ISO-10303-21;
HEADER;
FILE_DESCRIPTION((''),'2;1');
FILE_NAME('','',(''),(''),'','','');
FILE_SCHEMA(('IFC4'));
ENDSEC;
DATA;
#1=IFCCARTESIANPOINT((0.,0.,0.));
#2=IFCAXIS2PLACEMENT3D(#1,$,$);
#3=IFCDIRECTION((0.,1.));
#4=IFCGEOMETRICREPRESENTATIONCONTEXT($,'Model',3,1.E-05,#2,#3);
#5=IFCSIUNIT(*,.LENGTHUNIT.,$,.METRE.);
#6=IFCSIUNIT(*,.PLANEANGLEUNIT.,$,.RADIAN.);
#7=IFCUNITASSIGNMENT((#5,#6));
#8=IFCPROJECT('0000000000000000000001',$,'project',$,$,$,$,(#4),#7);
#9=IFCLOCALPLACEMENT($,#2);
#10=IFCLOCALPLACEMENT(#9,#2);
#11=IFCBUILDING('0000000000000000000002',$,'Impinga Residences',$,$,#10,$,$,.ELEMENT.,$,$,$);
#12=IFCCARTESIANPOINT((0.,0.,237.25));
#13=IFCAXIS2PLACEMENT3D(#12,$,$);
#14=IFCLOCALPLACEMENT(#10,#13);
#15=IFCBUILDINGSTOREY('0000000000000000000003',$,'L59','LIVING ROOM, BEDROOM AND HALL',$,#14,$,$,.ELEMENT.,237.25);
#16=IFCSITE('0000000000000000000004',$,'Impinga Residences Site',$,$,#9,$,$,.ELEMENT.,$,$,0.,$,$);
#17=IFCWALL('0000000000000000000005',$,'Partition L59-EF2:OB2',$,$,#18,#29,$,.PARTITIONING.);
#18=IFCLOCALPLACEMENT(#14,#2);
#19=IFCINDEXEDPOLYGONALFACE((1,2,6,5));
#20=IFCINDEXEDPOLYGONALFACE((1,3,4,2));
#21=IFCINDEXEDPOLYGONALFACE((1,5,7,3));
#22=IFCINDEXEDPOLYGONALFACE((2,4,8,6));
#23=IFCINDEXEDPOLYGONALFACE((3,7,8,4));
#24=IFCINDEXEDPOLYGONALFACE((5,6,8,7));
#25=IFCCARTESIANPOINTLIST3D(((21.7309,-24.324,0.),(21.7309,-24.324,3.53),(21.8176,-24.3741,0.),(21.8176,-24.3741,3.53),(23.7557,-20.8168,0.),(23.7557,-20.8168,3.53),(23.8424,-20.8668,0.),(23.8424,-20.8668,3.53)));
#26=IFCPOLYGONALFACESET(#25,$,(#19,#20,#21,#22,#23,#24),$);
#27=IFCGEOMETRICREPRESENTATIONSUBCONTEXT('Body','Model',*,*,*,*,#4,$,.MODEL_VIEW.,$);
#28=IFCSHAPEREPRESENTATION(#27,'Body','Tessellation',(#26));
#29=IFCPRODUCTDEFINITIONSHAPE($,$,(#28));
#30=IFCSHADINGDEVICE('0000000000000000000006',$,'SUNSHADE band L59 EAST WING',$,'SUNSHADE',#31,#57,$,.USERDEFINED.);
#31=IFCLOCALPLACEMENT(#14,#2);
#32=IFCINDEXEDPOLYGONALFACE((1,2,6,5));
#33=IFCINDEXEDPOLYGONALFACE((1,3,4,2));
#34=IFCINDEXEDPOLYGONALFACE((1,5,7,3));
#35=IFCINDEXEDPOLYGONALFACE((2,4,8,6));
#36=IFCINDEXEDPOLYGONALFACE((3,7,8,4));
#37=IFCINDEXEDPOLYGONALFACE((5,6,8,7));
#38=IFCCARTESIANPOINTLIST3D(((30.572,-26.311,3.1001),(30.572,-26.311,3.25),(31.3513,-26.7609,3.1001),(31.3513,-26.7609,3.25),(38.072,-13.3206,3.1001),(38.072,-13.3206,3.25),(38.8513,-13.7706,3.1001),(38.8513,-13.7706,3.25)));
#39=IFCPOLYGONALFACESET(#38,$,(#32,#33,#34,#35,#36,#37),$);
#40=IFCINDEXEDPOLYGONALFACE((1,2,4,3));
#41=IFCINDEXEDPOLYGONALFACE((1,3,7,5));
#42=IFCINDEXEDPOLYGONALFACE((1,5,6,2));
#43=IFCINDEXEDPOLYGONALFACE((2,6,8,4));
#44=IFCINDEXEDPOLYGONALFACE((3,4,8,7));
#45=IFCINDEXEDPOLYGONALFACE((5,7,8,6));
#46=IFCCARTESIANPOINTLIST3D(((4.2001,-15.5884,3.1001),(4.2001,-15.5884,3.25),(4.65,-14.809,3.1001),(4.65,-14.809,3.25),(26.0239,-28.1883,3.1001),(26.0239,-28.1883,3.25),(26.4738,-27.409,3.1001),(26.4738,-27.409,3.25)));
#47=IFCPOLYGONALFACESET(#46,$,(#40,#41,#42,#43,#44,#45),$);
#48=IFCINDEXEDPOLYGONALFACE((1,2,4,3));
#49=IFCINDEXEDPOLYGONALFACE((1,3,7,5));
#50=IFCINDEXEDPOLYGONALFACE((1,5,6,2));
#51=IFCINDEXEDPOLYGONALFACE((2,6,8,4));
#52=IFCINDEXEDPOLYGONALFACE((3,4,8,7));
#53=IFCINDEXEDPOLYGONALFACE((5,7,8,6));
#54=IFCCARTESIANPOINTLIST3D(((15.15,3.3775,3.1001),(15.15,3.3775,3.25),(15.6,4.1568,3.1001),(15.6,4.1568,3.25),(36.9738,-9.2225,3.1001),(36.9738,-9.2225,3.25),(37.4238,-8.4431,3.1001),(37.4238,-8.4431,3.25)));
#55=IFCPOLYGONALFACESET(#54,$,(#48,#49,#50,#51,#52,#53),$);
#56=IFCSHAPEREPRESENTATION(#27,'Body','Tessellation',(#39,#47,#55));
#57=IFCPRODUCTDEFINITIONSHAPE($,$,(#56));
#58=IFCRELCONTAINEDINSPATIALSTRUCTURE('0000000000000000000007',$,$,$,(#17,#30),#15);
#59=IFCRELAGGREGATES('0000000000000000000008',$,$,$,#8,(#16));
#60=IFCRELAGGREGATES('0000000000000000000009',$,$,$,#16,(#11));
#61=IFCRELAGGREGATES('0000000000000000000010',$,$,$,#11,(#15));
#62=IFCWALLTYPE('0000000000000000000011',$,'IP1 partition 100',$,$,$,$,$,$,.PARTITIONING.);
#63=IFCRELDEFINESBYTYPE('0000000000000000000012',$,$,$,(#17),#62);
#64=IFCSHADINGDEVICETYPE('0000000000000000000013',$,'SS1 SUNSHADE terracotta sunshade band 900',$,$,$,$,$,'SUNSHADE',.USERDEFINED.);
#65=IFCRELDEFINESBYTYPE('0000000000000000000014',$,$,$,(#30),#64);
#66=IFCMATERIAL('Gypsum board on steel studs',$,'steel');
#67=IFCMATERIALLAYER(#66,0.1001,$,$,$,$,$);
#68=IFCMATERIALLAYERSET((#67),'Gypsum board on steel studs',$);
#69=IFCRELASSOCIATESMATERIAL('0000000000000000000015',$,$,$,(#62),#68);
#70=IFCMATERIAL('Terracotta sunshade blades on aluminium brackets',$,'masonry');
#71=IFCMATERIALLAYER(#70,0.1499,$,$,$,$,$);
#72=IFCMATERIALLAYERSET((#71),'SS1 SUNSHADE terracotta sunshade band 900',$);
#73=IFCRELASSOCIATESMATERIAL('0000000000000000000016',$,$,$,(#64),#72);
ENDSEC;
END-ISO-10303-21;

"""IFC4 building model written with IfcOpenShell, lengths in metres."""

from ifc_helpers import new_model, si_unit, direction, frame, frame_2d, origin, origin_2d, place, context, subcontext, project, spatial, rectangle, extrude, material, layer, layer_set, type_object, element, save


model = new_model("IFC4")

# Units and contexts
model_context = context("Model", 3, precision=1e-05, world=origin(), true_north=direction((0.0, 1.0)))
body_context = subcontext(model_context, "Body", "Model", "MODEL_VIEW")
ifc_project = project(units=[si_unit("LENGTHUNIT", "METRE"), si_unit("PLANEANGLEUNIT", "RADIAN")], contexts=[model_context])

# Site, building, storey
site_placement = place(None, origin())
site = spatial("IfcSite", under=ifc_project, at=site_placement, Name="Impinga Residences Site", CompositionType="ELEMENT", RefElevation=0.0)
building_placement = place(site_placement, origin())
building = spatial("IfcBuilding", under=site, at=building_placement, Name="Impinga Residences", CompositionType="ELEMENT")
storey_placement = place(building_placement, frame((0.0, 0.0, 237.25)))
storey = spatial("IfcBuildingStorey", under=building, at=storey_placement, Name="L59", Description="LIVING ROOM, BEDROOM AND HALL", CompositionType="ELEMENT", Elevation=237.25)

# Shared definitions
ifc_material_1 = material(Name="Gypsum board on steel studs", Category="steel")
ifc_layer_1 = layer(ifc_material_1, 0.1001)
ifc_layer_set_1 = layer_set([ifc_layer_1], Name="Gypsum board on steel studs")
wall_type_1 = type_object("IfcWallType", Name="IP1 partition 100", PredefinedType="PARTITIONING", material=ifc_layer_set_1)

# Wall
wall_1_placement = place(storey_placement, frame((23.7991, -20.8418, 0.0), z_axis=(0.0, 0.0, 1.0), x_axis=(-0.49999, -0.866031, 0.0)))
element("IfcWall", 1, at=wall_1_placement, inside=storey, type_object=wall_type_1, Name="Partition L59-EF2:OB2", PredefinedType="PARTITIONING", context=body_context, shape_type="SweptSolid", body=[
    extrude(rectangle(XDim=4.0498, YDim=0.1001, at=frame_2d((2.0249, 0.0))), origin(), (0.0, 0.0, 1.0), 3.53),
])

# Shading device
ifc_material_2 = material(Name="Terracotta sunshade blades on aluminium brackets", Category="masonry")
ifc_layer_2 = layer(ifc_material_2, 0.1499)
ifc_layer_set_2 = layer_set([ifc_layer_2], Name="SS1 SUNSHADE terracotta sunshade band 900")
shading_device_type = type_object("IfcShadingDeviceType", Name="SS1 SUNSHADE terracotta sunshade band 900", ElementType="SUNSHADE", PredefinedType="USERDEFINED", material=ifc_layer_set_2)
shading_device_placement = place(storey_placement, frame((34.7117, -20.0408, 3.1001), z_axis=(0.0, 0.0, 1.0), x_axis=(-0.5, -0.866025, 0.0)))
element("IfcShadingDevice", 2, at=shading_device_placement, inside=storey, type_object=shading_device_type, Name="SUNSHADE band L59 EAST WING", ObjectType="SUNSHADE", PredefinedType="USERDEFINED", context=body_context, shape_type="SweptSolid", body=[
    extrude(rectangle(XDim=15.0, YDim=0.8999, at=origin_2d()), origin(), (0.0, 0.0, 1.0), 0.1499),
    extrude(rectangle(XDim=25.2, YDim=0.8999, at=origin_2d()), frame((10.95, -16.05, 0.0), z_axis=(0.0, 0.0, 1.0), x_axis=(0.0, -1.0, 0.0)), (0.0, 0.0, 1.0), 0.1499),
    extrude(rectangle(XDim=25.2, YDim=0.8999, at=origin_2d()), frame((-10.95, -16.05, 0.0), z_axis=(0.0, 0.0, 1.0), x_axis=(0.0, 1.0, 0.0)), (0.0, 0.0, 1.0), 0.1499),
])

save(model, "model.ifc")
